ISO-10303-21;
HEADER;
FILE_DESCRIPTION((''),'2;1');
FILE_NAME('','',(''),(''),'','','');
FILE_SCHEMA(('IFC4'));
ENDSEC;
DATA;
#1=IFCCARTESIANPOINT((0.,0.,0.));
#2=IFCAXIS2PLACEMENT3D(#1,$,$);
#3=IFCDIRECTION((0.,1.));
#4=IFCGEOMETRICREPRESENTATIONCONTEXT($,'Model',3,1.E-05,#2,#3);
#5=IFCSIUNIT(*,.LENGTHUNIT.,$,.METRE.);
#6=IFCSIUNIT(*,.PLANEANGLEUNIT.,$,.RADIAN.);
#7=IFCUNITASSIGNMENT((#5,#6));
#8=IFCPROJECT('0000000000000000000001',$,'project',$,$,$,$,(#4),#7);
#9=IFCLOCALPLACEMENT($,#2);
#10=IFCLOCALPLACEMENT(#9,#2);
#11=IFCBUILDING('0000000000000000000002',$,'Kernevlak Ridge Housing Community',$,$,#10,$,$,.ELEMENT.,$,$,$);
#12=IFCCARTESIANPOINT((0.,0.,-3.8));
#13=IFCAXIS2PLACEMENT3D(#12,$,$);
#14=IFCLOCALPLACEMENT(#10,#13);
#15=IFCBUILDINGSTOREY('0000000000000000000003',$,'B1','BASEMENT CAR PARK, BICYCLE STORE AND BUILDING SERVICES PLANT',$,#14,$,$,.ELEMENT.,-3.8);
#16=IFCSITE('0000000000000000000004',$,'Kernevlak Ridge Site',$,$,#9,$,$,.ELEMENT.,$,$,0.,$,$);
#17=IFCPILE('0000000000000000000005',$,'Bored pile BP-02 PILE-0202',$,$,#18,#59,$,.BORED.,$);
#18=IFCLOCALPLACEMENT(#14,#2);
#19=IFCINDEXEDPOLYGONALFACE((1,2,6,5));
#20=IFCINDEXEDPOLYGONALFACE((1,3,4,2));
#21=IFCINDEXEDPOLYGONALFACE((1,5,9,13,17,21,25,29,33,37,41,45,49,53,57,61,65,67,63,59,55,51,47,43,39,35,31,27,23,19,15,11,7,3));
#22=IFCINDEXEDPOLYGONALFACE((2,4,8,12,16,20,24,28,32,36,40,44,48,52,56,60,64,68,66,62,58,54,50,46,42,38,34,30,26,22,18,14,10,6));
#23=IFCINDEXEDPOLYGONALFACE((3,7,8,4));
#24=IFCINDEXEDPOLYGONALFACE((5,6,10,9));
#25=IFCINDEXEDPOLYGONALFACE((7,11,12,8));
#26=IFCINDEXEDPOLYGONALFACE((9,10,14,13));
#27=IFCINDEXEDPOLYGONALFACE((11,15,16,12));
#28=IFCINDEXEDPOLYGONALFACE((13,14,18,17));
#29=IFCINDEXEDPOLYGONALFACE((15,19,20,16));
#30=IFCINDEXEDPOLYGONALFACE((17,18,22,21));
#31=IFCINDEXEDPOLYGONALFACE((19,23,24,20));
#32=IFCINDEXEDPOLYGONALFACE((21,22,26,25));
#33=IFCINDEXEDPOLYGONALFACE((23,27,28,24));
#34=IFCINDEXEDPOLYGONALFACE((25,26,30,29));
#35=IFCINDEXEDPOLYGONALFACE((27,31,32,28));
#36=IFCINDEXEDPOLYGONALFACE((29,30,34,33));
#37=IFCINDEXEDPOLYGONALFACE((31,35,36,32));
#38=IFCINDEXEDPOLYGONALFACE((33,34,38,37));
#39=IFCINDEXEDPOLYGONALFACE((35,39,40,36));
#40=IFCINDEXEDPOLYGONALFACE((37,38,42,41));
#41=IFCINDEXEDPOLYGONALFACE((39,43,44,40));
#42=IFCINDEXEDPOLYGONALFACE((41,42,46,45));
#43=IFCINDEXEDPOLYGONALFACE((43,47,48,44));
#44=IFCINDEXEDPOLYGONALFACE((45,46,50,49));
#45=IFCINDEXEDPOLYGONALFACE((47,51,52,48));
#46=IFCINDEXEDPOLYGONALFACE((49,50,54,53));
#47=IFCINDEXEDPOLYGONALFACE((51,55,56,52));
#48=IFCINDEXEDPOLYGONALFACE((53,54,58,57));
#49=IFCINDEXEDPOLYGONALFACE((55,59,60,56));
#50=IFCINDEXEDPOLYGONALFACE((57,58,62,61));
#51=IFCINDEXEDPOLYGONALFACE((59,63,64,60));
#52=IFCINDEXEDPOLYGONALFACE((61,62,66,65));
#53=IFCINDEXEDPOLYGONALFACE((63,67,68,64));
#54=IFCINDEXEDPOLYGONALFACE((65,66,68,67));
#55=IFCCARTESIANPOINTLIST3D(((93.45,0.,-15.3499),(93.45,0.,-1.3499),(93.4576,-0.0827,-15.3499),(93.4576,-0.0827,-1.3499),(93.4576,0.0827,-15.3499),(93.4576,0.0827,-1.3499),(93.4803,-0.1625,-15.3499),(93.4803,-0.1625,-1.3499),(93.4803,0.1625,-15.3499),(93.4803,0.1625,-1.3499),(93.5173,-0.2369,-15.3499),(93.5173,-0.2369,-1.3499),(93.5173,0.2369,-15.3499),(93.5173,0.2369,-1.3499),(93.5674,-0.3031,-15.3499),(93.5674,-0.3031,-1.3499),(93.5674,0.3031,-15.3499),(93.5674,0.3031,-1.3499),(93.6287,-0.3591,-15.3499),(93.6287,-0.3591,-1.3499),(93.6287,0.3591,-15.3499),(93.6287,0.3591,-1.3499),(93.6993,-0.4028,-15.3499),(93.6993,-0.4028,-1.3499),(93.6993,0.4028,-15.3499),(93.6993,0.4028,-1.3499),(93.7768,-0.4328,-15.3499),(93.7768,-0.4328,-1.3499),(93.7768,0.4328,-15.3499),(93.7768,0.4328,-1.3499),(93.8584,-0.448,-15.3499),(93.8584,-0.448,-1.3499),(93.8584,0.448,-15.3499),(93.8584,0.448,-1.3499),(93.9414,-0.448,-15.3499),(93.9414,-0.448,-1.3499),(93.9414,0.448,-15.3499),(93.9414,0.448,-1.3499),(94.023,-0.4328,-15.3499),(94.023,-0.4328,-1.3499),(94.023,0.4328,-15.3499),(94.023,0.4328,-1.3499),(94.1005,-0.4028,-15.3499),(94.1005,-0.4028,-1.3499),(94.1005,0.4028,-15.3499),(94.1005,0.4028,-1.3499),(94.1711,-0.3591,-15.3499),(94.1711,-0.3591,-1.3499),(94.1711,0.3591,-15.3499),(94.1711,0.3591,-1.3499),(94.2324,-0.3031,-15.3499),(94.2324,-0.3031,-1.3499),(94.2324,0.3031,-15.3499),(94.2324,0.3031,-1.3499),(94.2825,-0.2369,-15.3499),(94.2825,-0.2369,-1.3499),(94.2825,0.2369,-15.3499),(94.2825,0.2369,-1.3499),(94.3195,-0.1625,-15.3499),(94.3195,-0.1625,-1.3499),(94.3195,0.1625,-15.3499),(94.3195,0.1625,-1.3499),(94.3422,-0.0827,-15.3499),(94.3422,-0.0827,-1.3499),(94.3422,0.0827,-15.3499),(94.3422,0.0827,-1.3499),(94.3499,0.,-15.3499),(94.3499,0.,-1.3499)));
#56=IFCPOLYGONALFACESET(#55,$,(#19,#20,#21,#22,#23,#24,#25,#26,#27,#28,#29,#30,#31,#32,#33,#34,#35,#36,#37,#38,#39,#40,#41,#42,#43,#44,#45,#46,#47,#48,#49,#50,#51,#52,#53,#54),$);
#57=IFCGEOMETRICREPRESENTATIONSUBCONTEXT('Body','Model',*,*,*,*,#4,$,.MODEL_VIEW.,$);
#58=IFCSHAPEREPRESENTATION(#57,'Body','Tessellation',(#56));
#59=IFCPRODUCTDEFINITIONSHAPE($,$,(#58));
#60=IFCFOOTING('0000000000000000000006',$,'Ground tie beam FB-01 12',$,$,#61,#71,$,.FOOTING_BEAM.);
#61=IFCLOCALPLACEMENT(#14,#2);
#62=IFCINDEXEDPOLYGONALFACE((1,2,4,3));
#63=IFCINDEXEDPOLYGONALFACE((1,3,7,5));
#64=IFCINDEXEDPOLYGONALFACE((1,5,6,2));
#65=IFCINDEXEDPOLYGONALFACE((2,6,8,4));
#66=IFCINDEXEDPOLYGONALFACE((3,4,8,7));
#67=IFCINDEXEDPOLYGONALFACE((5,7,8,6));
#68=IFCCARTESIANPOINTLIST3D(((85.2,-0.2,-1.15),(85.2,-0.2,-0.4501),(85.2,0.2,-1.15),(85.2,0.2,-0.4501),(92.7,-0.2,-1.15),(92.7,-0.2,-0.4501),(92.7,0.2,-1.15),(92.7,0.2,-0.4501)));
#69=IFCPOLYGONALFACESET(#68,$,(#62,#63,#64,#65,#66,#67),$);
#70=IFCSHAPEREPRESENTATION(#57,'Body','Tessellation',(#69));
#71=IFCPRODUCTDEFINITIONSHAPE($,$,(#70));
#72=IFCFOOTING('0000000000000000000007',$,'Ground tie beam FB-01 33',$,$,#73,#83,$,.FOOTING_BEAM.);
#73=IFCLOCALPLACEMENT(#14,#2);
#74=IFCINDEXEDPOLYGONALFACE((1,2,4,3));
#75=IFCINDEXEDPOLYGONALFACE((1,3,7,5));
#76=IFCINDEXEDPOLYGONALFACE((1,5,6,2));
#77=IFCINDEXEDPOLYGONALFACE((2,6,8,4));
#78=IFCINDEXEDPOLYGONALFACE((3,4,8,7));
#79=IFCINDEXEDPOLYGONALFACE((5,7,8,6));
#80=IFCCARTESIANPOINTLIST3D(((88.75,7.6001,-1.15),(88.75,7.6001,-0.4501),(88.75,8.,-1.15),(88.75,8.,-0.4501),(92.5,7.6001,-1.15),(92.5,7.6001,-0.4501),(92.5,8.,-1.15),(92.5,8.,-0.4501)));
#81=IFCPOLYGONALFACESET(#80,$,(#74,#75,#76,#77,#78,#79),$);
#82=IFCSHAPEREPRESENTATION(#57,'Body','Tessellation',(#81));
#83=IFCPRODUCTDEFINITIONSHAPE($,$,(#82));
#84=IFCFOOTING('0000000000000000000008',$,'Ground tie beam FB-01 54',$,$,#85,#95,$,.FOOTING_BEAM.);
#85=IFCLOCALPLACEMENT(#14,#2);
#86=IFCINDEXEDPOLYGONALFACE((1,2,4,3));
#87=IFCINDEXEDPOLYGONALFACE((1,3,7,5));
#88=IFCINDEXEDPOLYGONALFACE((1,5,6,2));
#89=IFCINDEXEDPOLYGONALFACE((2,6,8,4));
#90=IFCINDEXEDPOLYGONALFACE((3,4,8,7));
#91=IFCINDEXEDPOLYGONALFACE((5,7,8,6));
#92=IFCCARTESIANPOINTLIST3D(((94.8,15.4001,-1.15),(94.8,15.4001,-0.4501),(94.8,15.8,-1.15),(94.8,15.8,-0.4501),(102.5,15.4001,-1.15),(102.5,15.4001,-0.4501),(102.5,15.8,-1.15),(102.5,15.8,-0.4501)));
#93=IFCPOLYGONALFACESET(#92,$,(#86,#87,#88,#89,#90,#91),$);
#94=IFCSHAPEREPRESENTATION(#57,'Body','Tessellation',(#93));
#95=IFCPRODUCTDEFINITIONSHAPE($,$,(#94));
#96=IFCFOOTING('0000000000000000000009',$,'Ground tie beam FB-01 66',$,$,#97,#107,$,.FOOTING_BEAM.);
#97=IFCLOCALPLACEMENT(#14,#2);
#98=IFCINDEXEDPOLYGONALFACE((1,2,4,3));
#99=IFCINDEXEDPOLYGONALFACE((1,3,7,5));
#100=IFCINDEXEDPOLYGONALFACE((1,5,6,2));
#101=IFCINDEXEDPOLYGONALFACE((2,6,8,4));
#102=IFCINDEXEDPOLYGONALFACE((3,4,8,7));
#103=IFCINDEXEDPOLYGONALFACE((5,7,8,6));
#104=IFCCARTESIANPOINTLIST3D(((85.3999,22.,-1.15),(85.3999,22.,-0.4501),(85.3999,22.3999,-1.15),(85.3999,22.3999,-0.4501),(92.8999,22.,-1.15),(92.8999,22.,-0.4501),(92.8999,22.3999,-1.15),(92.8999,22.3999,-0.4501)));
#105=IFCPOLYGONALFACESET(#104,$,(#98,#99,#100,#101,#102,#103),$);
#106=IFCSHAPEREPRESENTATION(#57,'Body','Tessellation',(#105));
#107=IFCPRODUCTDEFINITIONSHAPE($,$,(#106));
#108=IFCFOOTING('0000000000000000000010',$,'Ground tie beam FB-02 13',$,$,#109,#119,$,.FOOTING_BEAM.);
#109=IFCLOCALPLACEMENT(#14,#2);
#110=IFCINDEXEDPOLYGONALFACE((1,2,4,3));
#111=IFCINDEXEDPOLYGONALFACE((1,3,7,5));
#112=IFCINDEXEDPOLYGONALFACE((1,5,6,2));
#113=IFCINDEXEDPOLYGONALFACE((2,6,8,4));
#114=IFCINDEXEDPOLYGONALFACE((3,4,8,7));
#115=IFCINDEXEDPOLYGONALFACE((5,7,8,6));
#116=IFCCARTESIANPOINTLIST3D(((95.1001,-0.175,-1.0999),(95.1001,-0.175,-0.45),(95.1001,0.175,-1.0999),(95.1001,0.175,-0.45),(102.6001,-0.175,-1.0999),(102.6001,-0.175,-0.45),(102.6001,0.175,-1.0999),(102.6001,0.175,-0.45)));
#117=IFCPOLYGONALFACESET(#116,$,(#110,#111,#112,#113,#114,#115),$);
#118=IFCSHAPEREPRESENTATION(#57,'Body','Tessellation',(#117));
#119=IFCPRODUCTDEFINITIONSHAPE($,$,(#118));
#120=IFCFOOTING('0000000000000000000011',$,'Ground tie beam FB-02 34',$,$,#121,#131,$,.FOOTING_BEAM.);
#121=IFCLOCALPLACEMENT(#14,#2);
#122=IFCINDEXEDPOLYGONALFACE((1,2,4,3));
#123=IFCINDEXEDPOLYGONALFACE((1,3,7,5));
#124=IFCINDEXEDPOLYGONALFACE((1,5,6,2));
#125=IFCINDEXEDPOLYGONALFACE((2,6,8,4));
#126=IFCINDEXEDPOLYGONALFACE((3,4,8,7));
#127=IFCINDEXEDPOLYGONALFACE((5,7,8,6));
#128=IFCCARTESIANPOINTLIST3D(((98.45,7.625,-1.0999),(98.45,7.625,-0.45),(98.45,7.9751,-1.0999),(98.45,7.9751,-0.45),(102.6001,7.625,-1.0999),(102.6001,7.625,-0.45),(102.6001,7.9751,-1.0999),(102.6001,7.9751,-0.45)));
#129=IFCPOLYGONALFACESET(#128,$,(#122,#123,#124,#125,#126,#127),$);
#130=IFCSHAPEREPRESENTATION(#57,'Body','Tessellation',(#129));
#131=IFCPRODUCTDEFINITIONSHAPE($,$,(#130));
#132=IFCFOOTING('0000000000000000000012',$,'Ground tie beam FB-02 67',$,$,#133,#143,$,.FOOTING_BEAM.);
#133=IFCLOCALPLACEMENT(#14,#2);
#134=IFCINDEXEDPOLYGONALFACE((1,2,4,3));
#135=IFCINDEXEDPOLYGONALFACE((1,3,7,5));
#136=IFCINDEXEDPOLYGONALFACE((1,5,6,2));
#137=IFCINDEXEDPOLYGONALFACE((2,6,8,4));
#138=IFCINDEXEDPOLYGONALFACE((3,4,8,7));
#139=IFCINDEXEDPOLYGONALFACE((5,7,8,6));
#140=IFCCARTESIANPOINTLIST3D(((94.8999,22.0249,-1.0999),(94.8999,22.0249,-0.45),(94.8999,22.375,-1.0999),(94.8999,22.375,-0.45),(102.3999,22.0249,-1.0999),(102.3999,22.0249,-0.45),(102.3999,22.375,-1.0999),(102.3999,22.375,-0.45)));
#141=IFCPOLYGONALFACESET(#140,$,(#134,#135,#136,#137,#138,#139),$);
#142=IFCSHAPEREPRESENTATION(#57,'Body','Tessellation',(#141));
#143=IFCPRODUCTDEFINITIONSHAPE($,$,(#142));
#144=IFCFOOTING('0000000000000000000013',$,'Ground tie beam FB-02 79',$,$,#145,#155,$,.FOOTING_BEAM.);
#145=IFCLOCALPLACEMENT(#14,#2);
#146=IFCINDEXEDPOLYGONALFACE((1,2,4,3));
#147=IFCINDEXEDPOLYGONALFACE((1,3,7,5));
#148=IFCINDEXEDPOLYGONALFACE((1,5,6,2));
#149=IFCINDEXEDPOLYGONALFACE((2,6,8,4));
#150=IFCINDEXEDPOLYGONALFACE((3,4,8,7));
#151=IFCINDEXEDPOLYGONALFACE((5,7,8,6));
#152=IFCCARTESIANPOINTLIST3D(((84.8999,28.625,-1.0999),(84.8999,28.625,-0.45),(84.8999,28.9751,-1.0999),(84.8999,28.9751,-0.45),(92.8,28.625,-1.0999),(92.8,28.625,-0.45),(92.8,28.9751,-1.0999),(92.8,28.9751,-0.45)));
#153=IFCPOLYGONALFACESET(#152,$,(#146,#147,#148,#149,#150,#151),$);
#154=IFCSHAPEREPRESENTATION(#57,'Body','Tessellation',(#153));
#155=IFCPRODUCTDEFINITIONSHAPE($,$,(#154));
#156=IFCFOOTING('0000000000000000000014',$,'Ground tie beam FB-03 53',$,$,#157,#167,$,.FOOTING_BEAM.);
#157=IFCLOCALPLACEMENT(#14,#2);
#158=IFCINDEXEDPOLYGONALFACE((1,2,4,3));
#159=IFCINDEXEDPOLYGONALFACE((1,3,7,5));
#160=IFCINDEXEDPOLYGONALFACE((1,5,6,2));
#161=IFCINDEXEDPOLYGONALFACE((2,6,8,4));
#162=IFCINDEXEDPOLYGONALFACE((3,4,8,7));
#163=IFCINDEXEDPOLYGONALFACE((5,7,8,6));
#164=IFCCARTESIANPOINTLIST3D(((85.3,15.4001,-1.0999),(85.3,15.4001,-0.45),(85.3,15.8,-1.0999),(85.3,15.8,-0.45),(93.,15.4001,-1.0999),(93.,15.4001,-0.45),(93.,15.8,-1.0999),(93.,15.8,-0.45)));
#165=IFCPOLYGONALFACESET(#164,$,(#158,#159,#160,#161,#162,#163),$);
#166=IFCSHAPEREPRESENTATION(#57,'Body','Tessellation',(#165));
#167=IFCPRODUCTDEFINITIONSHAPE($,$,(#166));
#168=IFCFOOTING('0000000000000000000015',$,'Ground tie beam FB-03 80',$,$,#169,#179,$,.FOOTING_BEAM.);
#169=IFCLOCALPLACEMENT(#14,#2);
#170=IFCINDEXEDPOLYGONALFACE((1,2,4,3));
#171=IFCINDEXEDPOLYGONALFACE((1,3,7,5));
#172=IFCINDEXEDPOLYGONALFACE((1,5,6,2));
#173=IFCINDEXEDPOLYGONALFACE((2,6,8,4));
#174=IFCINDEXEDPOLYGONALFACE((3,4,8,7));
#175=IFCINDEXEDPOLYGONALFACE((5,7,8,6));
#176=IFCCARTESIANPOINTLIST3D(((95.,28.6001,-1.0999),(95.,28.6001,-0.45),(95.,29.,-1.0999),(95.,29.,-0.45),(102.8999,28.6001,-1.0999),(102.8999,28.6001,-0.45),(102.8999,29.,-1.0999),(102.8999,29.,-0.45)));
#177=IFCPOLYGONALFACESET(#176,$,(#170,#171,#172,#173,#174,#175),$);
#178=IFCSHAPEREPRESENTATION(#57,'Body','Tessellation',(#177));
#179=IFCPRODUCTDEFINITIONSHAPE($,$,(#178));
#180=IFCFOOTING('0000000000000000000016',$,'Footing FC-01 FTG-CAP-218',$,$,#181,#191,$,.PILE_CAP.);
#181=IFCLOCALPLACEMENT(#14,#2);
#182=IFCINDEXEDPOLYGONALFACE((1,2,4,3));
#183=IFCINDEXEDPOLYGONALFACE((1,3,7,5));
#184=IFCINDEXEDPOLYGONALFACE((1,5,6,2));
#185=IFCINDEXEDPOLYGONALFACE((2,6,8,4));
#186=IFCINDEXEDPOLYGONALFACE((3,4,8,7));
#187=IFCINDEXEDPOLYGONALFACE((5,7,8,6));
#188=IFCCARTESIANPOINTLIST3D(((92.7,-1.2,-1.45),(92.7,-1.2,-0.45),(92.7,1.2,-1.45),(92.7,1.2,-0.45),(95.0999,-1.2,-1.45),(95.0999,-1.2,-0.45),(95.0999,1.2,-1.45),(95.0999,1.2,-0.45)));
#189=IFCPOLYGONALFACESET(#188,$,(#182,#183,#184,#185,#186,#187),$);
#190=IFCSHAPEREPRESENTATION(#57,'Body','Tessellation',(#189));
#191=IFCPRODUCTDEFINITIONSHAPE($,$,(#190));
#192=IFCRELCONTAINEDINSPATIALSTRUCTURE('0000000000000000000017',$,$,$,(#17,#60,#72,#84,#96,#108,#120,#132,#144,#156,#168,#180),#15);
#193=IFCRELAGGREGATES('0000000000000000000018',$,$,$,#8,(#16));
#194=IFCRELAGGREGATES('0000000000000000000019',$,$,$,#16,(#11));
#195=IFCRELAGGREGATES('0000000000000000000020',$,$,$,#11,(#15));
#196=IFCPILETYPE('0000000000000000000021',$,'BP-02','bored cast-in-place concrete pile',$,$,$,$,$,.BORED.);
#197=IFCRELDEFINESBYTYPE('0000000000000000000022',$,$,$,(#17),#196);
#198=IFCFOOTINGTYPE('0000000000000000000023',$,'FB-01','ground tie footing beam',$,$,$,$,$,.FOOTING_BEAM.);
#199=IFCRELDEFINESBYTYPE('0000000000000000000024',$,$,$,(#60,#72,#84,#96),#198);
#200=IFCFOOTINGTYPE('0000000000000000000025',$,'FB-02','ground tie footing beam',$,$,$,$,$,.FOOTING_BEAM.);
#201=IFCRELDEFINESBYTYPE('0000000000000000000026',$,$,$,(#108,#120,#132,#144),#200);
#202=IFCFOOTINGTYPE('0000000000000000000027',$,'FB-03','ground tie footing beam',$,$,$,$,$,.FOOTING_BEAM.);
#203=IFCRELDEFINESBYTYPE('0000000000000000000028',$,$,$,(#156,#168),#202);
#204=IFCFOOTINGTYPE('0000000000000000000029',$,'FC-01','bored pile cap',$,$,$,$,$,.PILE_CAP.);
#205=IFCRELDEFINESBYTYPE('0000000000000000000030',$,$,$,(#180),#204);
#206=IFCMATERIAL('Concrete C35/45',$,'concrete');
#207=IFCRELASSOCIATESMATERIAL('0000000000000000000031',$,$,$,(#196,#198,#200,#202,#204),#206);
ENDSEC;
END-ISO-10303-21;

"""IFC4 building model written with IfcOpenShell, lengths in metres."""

from ifc_helpers import new_model, si_unit, direction, frame, origin, origin_2d, place, context, subcontext, project, spatial, rectangle, circle, extrude, material, material_profile, profile_set, type_object, element, save


model = new_model("IFC4")

# Units and contexts
model_context = context("Model", 3, precision=1e-05, world=origin(), true_north=direction((0.0, 1.0)))
body_context = subcontext(model_context, "Body", "Model", "MODEL_VIEW")
ifc_project = project(units=[si_unit("LENGTHUNIT", "METRE"), si_unit("PLANEANGLEUNIT", "RADIAN")], contexts=[model_context])

# Site, building, storey
site_placement = place(None, origin())
site = spatial("IfcSite", under=ifc_project, at=site_placement, Name="Kernevlak Ridge Site", CompositionType="ELEMENT", RefElevation=0.0)
building_placement = place(site_placement, origin())
building = spatial("IfcBuilding", under=site, at=building_placement, Name="Kernevlak Ridge Housing Community", CompositionType="ELEMENT")
storey_placement = place(building_placement, frame((0.0, 0.0, -3.8)))
storey = spatial("IfcBuildingStorey", under=building, at=storey_placement, Name="B1", Description="BASEMENT CAR PARK, BICYCLE STORE AND BUILDING SERVICES PLANT", CompositionType="ELEMENT", Elevation=-3.8)

# Pile
ifc_material_1 = material(Name="Concrete C35/45", Category="concrete")
ifc_material_profile_1 = material_profile(ifc_material_1, circle(Radius=0.45, at=origin_2d()), Name="BORED PILE 900")
ifc_profile_set_1 = profile_set([ifc_material_profile_1], Name="Concrete C35/45")
pile_type = type_object("IfcPileType", Name="BP-02", Description="bored cast-in-place concrete pile", PredefinedType="BORED", material=ifc_profile_set_1)
pile_placement = place(storey_placement, frame((93.8999, 0.0, -1.3499), z_axis=(0.0, 0.0, -1.0), x_axis=(1.0, 0.0, 0.0)))
element("IfcPile", 1, at=pile_placement, inside=storey, type_object=pile_type, Name="Bored pile BP-02 PILE-0202", PredefinedType="BORED", context=body_context, shape_type="SweptSolid", body=[
    extrude(circle(Radius=0.45, at=origin_2d()), origin(), (0.0, 0.0, 1.0), 14.0),
])

# Footings
ifc_material_profile_2 = material_profile(ifc_material_1, rectangle(XDim=0.3999, YDim=0.7, at=origin_2d()), Name="RC 400x700")
ifc_profile_set_2 = profile_set([ifc_material_profile_2], Name="Concrete C35/45")
footing_type_1 = type_object("IfcFootingType", Name="FB-01", Description="ground tie footing beam", PredefinedType="FOOTING_BEAM", material=ifc_profile_set_2)
footing_1_placement = place(storey_placement, frame((85.2, 0.0, -0.8), z_axis=(1.0, 0.0, 0.0), x_axis=(0.0, 1.0, 0.0)))
element("IfcFooting", 2, at=footing_1_placement, inside=storey, type_object=footing_type_1, Name="Ground tie beam FB-01 12", PredefinedType="FOOTING_BEAM", context=body_context, shape_type="SweptSolid", body=[
    extrude(rectangle(XDim=0.3999, YDim=0.7, at=origin_2d()), origin(), (0.0, 0.0, 1.0), 7.5),
])
footing_2_placement = place(storey_placement, frame((88.75, 7.8, -0.8), z_axis=(1.0, 0.0, 0.0), x_axis=(0.0, 1.0, 0.0)))
element("IfcFooting", 3, at=footing_2_placement, inside=storey, type_object=footing_type_1, Name="Ground tie beam FB-01 33", PredefinedType="FOOTING_BEAM", context=body_context, shape_type="SweptSolid", body=[
    extrude(rectangle(XDim=0.3999, YDim=0.7, at=origin_2d()), origin(), (0.0, 0.0, 1.0), 3.75),
])
footing_3_placement = place(storey_placement, frame((94.8, 15.6001, -0.8), z_axis=(1.0, 0.0, 0.0), x_axis=(0.0, 1.0, 0.0)))
element("IfcFooting", 4, at=footing_3_placement, inside=storey, type_object=footing_type_1, Name="Ground tie beam FB-01 54", PredefinedType="FOOTING_BEAM", context=body_context, shape_type="SweptSolid", body=[
    extrude(rectangle(XDim=0.3999, YDim=0.7, at=origin_2d()), origin(), (0.0, 0.0, 1.0), 7.7),
])
footing_4_placement = place(storey_placement, frame((85.3999, 22.2, -0.8), z_axis=(1.0, 0.0, 0.0), x_axis=(0.0, 1.0, 0.0)))
element("IfcFooting", 5, at=footing_4_placement, inside=storey, type_object=footing_type_1, Name="Ground tie beam FB-01 66", PredefinedType="FOOTING_BEAM", context=body_context, shape_type="SweptSolid", body=[
    extrude(rectangle(XDim=0.3999, YDim=0.7, at=origin_2d()), origin(), (0.0, 0.0, 1.0), 7.5),
])
ifc_material_profile_3 = material_profile(ifc_material_1, rectangle(XDim=0.3501, YDim=0.6499, at=origin_2d()), Name="RC 350x650")
ifc_profile_set_3 = profile_set([ifc_material_profile_3], Name="Concrete C35/45")
footing_type_2 = type_object("IfcFootingType", Name="FB-02", Description="ground tie footing beam", PredefinedType="FOOTING_BEAM", material=ifc_profile_set_3)
footing_5_placement = place(storey_placement, frame((95.1001, 0.0, -0.7749), z_axis=(1.0, 0.0, 0.0), x_axis=(0.0, 1.0, 0.0)))
element("IfcFooting", 6, at=footing_5_placement, inside=storey, type_object=footing_type_2, Name="Ground tie beam FB-02 13", PredefinedType="FOOTING_BEAM", context=body_context, shape_type="SweptSolid", body=[
    extrude(rectangle(XDim=0.3501, YDim=0.6499, at=origin_2d()), origin(), (0.0, 0.0, 1.0), 7.5),
])
footing_6_placement = place(storey_placement, frame((98.45, 7.8, -0.7749), z_axis=(1.0, 0.0, 0.0), x_axis=(0.0, 1.0, 0.0)))
element("IfcFooting", 7, at=footing_6_placement, inside=storey, type_object=footing_type_2, Name="Ground tie beam FB-02 34", PredefinedType="FOOTING_BEAM", context=body_context, shape_type="SweptSolid", body=[
    extrude(rectangle(XDim=0.3501, YDim=0.6499, at=origin_2d()), origin(), (0.0, 0.0, 1.0), 4.1501),
])
footing_7_placement = place(storey_placement, frame((94.8999, 22.2, -0.7749), z_axis=(1.0, 0.0, 0.0), x_axis=(0.0, 1.0, 0.0)))
element("IfcFooting", 8, at=footing_7_placement, inside=storey, type_object=footing_type_2, Name="Ground tie beam FB-02 67", PredefinedType="FOOTING_BEAM", context=body_context, shape_type="SweptSolid", body=[
    extrude(rectangle(XDim=0.3501, YDim=0.6499, at=origin_2d()), origin(), (0.0, 0.0, 1.0), 7.5),
])
footing_8_placement = place(storey_placement, frame((84.8999, 28.8, -0.7749), z_axis=(1.0, 0.0, 0.0), x_axis=(0.0, 1.0, 0.0)))
element("IfcFooting", 9, at=footing_8_placement, inside=storey, type_object=footing_type_2, Name="Ground tie beam FB-02 79", PredefinedType="FOOTING_BEAM", context=body_context, shape_type="SweptSolid", body=[
    extrude(rectangle(XDim=0.3501, YDim=0.6499, at=origin_2d()), origin(), (0.0, 0.0, 1.0), 7.9001),
])
ifc_material_profile_4 = material_profile(ifc_material_1, rectangle(XDim=0.3999, YDim=0.6499, at=origin_2d()), Name="RC 400x650")
ifc_profile_set_4 = profile_set([ifc_material_profile_4], Name="Concrete C35/45")
footing_type_3 = type_object("IfcFootingType", Name="FB-03", Description="ground tie footing beam", PredefinedType="FOOTING_BEAM", material=ifc_profile_set_4)
footing_9_placement = place(storey_placement, frame((85.3, 15.6001, -0.7749), z_axis=(1.0, 0.0, 0.0), x_axis=(0.0, 1.0, 0.0)))
element("IfcFooting", 10, at=footing_9_placement, inside=storey, type_object=footing_type_3, Name="Ground tie beam FB-03 53", PredefinedType="FOOTING_BEAM", context=body_context, shape_type="SweptSolid", body=[
    extrude(rectangle(XDim=0.3999, YDim=0.6499, at=origin_2d()), origin(), (0.0, 0.0, 1.0), 7.7),
])
footing_10_placement = place(storey_placement, frame((95.0, 28.8, -0.7749), z_axis=(1.0, 0.0, 0.0), x_axis=(0.0, 1.0, 0.0)))
element("IfcFooting", 11, at=footing_10_placement, inside=storey, type_object=footing_type_3, Name="Ground tie beam FB-03 80", PredefinedType="FOOTING_BEAM", context=body_context, shape_type="SweptSolid", body=[
    extrude(rectangle(XDim=0.3999, YDim=0.6499, at=origin_2d()), origin(), (0.0, 0.0, 1.0), 7.8999),
])
footing_type_4 = type_object("IfcFootingType", Name="FC-01", Description="bored pile cap", PredefinedType="PILE_CAP", material=ifc_material_1)
footing_11_placement = place(storey_placement, frame((93.8999, 0.0, -1.45), z_axis=(0.0, 0.0, 1.0), x_axis=(1.0, 0.0, 0.0)))
element("IfcFooting", 12, at=footing_11_placement, inside=storey, type_object=footing_type_4, Name="Footing FC-01 FTG-CAP-218", PredefinedType="PILE_CAP", context=body_context, shape_type="SweptSolid", body=[
    extrude(rectangle(XDim=2.3999, YDim=2.3999, at=origin_2d()), origin(), (0.0, 0.0, 1.0), 1.0),
])

save(model, "model.ifc")
